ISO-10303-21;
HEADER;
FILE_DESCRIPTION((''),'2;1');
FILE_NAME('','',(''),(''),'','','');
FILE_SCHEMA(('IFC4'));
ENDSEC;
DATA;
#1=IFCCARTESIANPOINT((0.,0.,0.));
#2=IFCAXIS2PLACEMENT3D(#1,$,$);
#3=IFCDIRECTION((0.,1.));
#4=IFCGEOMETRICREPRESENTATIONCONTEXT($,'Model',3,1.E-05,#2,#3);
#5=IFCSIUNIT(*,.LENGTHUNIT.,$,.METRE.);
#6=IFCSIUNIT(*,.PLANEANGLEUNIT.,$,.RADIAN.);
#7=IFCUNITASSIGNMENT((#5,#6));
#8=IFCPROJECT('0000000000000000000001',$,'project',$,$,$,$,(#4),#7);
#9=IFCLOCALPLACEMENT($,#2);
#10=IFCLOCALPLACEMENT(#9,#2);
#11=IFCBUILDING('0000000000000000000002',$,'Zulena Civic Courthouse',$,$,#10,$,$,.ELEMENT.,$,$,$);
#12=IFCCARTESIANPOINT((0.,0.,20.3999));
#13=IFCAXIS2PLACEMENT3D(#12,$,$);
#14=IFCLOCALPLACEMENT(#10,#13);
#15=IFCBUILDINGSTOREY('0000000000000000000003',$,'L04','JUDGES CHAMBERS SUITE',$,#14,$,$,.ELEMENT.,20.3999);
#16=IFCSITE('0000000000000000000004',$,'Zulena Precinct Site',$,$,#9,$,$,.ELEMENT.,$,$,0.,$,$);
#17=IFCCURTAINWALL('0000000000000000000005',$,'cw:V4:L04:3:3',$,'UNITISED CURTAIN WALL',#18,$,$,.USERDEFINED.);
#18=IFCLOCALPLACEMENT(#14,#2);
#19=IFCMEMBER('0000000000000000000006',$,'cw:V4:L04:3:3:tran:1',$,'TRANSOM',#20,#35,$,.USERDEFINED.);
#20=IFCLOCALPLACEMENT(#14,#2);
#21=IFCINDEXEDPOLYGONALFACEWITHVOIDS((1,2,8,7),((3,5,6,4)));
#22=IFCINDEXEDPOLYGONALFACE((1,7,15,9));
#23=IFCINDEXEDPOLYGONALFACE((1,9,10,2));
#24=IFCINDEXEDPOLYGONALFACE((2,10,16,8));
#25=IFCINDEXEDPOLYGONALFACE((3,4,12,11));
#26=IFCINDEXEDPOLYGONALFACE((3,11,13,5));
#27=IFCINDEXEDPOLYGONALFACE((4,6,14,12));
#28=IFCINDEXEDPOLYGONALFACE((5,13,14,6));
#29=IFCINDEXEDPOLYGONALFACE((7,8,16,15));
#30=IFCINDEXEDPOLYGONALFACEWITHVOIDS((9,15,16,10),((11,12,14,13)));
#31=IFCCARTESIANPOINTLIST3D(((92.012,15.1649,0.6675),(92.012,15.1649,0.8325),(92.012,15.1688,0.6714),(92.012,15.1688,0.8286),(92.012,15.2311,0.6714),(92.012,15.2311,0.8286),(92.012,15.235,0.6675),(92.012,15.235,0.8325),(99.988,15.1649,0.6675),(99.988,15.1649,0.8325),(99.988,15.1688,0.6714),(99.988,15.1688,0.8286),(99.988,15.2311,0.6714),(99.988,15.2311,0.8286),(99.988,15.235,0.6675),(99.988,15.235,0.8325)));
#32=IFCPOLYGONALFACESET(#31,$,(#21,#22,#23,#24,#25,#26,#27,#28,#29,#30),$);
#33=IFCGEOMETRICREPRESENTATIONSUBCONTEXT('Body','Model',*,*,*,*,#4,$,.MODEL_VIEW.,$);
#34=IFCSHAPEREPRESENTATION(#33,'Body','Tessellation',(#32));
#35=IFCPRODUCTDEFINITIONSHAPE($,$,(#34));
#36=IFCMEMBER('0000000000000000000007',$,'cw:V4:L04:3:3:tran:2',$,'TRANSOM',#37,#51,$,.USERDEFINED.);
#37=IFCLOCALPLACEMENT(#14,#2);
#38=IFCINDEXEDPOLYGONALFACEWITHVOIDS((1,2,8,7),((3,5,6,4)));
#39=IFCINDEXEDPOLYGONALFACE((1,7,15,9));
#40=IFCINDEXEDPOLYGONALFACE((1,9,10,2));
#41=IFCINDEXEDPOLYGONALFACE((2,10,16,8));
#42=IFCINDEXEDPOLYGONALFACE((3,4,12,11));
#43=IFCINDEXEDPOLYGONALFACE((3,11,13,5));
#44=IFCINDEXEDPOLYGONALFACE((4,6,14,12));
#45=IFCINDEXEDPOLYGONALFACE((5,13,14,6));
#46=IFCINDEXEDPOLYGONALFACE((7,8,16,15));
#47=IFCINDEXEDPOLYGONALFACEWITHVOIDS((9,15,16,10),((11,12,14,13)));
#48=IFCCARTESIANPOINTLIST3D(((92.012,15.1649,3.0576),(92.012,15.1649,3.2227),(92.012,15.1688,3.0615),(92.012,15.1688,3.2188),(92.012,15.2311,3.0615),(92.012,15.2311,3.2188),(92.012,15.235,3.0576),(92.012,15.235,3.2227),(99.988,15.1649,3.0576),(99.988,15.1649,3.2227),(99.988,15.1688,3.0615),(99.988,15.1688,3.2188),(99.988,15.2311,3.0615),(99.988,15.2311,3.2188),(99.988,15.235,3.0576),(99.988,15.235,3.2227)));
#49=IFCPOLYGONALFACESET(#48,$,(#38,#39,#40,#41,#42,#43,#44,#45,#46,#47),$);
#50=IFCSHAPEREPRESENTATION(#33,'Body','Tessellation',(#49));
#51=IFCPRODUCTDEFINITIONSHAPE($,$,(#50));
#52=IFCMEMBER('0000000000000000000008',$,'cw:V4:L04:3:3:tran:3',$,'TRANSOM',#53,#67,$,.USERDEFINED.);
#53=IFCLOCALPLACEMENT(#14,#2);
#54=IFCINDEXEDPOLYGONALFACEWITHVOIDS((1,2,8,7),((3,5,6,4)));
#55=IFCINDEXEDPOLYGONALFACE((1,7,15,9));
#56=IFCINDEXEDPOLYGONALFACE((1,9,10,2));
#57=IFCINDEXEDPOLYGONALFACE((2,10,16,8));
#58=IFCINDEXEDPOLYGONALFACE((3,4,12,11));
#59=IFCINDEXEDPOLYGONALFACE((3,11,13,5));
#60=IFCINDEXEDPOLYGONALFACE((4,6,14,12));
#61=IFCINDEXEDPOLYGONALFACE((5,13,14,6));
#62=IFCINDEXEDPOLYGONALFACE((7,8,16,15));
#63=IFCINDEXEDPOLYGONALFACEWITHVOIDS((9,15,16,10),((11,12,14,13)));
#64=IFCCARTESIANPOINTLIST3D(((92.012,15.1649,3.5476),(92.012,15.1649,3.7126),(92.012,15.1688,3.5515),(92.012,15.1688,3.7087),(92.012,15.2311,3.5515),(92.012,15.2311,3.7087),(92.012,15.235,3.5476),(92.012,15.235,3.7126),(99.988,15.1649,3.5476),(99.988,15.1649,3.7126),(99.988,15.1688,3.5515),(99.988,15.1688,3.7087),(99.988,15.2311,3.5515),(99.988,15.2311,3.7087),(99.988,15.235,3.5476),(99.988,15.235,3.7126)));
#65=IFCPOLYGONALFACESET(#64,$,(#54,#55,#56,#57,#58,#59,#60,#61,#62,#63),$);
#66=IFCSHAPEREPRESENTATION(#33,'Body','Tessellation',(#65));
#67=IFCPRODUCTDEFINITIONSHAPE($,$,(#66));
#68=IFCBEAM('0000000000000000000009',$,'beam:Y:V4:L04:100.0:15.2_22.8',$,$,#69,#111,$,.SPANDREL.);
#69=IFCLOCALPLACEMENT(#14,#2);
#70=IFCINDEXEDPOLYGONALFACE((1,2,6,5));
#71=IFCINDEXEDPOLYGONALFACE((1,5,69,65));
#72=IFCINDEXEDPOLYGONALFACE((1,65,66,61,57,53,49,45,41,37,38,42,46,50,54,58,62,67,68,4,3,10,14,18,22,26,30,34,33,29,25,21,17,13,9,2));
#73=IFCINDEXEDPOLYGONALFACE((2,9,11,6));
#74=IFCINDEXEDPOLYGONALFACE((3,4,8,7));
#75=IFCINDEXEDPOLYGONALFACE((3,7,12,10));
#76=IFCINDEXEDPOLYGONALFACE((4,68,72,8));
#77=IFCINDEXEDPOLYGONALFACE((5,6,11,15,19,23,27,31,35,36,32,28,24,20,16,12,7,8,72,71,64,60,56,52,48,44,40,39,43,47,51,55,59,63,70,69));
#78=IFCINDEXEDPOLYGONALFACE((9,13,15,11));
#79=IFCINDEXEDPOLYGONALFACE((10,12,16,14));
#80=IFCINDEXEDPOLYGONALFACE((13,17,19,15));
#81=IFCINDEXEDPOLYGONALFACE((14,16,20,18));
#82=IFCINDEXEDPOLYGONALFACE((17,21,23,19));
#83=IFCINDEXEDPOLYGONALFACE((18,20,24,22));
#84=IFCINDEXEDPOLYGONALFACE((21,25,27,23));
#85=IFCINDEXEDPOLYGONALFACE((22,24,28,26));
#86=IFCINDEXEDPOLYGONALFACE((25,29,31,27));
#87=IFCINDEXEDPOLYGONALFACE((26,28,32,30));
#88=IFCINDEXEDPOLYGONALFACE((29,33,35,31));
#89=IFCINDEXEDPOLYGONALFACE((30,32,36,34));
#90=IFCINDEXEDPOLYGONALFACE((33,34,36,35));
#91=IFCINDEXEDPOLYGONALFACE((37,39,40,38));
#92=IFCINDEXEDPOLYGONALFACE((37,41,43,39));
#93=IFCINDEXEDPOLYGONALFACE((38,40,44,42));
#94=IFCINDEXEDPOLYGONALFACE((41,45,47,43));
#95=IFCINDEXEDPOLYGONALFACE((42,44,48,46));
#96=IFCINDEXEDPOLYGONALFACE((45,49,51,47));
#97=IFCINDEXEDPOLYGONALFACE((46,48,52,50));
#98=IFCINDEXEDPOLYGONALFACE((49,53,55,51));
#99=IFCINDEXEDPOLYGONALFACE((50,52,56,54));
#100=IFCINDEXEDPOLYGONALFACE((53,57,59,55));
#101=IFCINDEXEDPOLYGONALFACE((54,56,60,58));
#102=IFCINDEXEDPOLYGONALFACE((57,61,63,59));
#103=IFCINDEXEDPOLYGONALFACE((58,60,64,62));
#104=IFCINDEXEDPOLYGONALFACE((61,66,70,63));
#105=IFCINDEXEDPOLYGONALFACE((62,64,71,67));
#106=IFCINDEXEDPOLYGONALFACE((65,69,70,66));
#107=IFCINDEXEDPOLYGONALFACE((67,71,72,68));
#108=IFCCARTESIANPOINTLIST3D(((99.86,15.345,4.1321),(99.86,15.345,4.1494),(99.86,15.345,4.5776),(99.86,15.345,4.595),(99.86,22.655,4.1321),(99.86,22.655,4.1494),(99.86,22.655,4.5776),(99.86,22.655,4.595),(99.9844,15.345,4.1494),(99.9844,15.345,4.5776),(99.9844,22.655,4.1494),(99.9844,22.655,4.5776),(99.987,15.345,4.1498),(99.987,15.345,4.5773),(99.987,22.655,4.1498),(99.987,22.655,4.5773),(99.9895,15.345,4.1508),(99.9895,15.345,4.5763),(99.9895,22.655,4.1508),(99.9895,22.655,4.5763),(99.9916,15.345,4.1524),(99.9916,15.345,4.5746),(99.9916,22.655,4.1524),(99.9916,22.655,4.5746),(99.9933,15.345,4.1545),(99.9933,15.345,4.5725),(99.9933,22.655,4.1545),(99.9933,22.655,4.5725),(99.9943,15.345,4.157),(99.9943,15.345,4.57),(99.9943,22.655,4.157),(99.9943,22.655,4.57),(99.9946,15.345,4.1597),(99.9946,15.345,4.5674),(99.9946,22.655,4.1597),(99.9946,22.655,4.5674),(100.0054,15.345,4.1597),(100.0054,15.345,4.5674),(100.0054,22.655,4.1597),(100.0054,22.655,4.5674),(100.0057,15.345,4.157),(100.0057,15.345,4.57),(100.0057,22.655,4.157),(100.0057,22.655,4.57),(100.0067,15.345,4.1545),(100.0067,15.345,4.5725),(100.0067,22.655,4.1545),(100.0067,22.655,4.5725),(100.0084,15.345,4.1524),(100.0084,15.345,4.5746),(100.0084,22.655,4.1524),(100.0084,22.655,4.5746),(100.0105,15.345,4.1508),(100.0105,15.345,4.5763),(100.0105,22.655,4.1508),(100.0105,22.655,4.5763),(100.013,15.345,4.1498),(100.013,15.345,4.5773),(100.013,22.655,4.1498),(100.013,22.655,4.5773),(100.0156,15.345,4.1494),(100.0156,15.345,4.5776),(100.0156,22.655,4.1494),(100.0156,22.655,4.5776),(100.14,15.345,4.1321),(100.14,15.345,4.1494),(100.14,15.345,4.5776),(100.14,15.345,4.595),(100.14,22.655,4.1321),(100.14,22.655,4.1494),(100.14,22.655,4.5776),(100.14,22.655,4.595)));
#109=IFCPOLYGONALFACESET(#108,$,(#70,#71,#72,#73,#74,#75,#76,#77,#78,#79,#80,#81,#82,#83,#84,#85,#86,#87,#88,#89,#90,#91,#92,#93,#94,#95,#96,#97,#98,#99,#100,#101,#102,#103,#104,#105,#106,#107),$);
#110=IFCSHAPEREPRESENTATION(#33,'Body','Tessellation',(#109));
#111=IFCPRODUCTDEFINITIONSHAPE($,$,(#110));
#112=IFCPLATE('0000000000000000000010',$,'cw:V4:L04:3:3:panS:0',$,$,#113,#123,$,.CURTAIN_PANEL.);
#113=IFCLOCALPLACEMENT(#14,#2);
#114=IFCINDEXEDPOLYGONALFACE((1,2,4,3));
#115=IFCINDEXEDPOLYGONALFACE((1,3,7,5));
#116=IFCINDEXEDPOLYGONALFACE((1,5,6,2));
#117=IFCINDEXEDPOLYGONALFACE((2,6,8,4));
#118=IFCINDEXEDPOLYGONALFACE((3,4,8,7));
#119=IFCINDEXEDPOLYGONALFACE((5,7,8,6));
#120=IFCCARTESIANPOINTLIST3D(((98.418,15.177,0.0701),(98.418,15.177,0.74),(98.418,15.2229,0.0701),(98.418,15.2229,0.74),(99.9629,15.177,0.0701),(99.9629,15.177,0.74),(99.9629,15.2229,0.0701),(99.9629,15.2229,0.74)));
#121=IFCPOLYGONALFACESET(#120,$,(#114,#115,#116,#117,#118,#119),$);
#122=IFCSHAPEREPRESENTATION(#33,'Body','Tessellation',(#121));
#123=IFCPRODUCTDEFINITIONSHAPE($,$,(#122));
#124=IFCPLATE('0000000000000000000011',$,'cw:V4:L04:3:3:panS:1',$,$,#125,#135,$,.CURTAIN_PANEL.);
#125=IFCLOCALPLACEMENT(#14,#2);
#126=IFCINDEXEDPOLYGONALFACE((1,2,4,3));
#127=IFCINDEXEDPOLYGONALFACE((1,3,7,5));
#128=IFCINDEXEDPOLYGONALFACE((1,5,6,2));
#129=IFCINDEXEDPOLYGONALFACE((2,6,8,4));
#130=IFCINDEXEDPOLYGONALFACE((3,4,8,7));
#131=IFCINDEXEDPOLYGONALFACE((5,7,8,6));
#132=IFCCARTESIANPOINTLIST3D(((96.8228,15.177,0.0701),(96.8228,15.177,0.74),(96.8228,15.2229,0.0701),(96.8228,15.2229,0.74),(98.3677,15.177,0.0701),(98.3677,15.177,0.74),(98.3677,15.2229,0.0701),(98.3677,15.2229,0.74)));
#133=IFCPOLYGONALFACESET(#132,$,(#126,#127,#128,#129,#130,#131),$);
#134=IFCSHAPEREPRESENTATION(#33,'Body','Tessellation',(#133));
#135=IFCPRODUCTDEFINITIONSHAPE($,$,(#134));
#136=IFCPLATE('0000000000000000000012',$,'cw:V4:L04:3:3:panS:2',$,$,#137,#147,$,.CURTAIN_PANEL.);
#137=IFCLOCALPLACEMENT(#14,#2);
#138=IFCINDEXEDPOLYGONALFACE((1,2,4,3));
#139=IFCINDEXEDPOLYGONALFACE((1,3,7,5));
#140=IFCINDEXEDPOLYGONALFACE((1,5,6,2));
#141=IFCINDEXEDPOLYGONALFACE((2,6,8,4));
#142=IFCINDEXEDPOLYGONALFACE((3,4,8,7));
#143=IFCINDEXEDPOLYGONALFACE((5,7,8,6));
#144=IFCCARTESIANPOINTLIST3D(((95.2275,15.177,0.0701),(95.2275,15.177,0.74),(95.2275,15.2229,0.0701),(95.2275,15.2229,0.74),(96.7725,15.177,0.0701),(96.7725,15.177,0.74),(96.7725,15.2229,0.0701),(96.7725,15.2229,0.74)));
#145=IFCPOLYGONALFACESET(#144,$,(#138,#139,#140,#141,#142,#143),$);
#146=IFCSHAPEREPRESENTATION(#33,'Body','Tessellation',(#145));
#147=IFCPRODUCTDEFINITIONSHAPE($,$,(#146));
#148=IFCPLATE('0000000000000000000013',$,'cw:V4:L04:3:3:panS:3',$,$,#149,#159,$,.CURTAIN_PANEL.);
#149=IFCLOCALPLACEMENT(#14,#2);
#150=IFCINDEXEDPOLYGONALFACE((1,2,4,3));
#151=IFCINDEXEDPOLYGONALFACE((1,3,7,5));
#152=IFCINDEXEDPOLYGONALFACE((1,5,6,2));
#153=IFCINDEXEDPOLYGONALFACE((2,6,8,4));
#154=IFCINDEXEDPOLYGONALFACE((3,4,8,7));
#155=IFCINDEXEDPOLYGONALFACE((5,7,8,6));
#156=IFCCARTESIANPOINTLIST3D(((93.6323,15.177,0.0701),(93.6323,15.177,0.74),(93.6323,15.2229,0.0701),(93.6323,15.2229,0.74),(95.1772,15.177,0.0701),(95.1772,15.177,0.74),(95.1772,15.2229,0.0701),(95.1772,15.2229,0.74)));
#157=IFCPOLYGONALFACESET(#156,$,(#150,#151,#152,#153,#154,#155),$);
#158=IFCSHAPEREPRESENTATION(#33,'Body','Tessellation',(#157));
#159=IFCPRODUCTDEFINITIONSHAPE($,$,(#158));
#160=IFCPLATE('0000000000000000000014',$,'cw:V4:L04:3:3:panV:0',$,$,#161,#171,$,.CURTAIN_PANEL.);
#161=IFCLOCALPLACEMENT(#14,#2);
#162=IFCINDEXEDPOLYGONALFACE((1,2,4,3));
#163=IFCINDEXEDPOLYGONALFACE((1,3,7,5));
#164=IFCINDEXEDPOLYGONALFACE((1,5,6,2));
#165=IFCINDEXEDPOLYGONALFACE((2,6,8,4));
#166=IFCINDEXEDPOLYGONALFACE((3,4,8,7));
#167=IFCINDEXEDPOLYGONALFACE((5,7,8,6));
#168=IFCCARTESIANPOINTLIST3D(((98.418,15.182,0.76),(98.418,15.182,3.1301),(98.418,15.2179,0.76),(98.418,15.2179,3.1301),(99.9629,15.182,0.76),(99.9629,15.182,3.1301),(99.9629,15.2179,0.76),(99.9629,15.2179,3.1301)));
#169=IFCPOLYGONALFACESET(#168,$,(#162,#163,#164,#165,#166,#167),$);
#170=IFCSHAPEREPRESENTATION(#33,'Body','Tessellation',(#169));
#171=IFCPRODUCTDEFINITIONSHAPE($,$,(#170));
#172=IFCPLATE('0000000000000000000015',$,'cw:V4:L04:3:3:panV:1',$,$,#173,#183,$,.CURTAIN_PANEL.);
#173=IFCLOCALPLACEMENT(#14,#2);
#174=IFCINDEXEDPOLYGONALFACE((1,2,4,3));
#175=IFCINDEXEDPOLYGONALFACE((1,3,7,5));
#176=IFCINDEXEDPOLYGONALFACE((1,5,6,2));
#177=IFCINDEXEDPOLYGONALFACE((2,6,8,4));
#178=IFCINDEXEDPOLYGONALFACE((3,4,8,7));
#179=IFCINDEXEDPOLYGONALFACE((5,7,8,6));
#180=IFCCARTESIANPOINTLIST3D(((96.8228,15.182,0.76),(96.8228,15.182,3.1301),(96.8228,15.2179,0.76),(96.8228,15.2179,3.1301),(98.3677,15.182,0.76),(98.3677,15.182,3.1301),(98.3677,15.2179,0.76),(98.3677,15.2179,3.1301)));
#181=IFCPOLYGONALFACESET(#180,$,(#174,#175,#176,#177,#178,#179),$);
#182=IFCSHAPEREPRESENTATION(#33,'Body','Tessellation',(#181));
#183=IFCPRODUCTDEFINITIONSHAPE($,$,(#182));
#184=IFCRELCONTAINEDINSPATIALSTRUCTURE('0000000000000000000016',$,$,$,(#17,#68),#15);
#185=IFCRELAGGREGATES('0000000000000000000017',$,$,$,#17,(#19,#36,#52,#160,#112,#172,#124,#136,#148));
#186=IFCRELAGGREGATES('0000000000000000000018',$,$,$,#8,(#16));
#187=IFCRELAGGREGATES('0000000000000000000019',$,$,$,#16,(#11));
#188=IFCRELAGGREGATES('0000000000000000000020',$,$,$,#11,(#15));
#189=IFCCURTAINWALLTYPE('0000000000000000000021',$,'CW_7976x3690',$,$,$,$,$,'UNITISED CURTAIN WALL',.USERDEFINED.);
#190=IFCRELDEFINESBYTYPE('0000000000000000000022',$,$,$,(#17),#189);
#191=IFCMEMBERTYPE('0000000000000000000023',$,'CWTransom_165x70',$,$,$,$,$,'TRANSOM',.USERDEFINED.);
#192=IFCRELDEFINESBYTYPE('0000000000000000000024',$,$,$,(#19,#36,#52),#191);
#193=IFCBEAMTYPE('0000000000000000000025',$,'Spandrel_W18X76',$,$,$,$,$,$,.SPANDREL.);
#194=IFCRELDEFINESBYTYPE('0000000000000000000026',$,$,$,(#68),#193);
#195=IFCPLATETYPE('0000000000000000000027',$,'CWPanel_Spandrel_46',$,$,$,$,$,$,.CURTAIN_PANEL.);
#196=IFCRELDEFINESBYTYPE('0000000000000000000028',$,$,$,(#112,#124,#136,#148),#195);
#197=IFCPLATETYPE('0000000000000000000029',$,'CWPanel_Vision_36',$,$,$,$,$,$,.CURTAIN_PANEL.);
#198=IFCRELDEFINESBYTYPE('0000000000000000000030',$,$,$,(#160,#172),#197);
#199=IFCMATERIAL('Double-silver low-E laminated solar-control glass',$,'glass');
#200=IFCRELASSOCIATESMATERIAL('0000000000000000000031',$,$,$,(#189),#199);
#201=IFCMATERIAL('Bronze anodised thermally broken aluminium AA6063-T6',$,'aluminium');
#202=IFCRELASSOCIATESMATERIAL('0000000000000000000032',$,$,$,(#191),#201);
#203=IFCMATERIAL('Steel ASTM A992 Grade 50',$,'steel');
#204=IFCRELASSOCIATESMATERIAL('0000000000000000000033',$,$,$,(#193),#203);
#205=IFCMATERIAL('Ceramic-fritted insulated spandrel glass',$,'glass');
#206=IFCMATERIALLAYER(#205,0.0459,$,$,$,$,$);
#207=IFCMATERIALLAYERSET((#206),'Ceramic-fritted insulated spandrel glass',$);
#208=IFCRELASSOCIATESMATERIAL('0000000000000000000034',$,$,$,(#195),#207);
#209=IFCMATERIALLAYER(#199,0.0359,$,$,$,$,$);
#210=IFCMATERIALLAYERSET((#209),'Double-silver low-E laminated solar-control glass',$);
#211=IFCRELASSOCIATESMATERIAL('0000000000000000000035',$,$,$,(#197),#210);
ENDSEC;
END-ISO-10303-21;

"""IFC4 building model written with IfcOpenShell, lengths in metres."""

from ifc_helpers import new_model, si_unit, direction, frame, origin, origin_2d, place, context, subcontext, project, spatial, rectangle, hollow_rectangle, i_section, extrude, material, layer, layer_set, material_profile, profile_set, type_object, element, aggregate, save


model = new_model("IFC4")

# Units and contexts
model_context = context("Model", 3, precision=1e-05, world=origin(), true_north=direction((0.0, 1.0)))
body_context = subcontext(model_context, "Body", "Model", "MODEL_VIEW")
ifc_project = project(units=[si_unit("LENGTHUNIT", "METRE"), si_unit("PLANEANGLEUNIT", "RADIAN")], contexts=[model_context])

# Site, building, storey
site_placement = place(None, origin())
site = spatial("IfcSite", under=ifc_project, at=site_placement, Name="Zulena Precinct Site", CompositionType="ELEMENT", RefElevation=0.0)
building_placement = place(site_placement, origin())
building = spatial("IfcBuilding", under=site, at=building_placement, Name="Zulena Civic Courthouse", CompositionType="ELEMENT")
storey_placement = place(building_placement, frame((0.0, 0.0, 20.3999)))
storey = spatial("IfcBuildingStorey", under=building, at=storey_placement, Name="L04", Description="JUDGES CHAMBERS SUITE", CompositionType="ELEMENT", Elevation=20.3999)

# Shared definitions
ifc_material_1 = material(Name="Steel ASTM A992 Grade 50", Category="steel")

# Curtain wall, members
ifc_material_2 = material(Name="Double-silver low-E laminated solar-control glass", Category="glass")
curtain_wall_type = type_object("IfcCurtainWallType", Name="CW_7976x3690", ElementType="UNITISED CURTAIN WALL", PredefinedType="USERDEFINED", material=ifc_material_2)
curtain_wall_placement = place(storey_placement, origin())
curtain_wall = element("IfcCurtainWall", 1, at=curtain_wall_placement, inside=storey, type_object=curtain_wall_type, Name="cw:V4:L04:3:3", ObjectType="UNITISED CURTAIN WALL", PredefinedType="USERDEFINED")
ifc_material_3 = material(Name="Bronze anodised thermally broken aluminium AA6063-T6", Category="aluminium")
ifc_material_profile_1 = material_profile(ifc_material_3, hollow_rectangle(XDim=0.0701, YDim=0.165, WallThickness=0.0039, at=origin_2d()), Name="CWT165X70X4")
ifc_profile_set_1 = profile_set([ifc_material_profile_1], Name="Bronze anodised thermally broken aluminium AA6063-T6")
member_type_1 = type_object("IfcMemberType", Name="CWTransom_165x70", ElementType="TRANSOM", PredefinedType="USERDEFINED", material=ifc_profile_set_1)
member_1_placement = place(storey_placement, frame((99.988, 15.2, 0.75), z_axis=(-1.0, 0.0, 0.0), x_axis=(0.0, -1.0, 0.0)))
member_1 = element("IfcMember", 2, at=member_1_placement, type_object=member_type_1, Name="cw:V4:L04:3:3:tran:1", ObjectType="TRANSOM", PredefinedType="USERDEFINED", context=body_context, shape_type="SweptSolid", body=[
    extrude(hollow_rectangle(XDim=0.0701, YDim=0.165, WallThickness=0.0039, at=origin_2d()), origin(), (0.0, 0.0, 1.0), 7.9761),
])
member_2_placement = place(storey_placement, frame((99.988, 15.2, 3.1401), z_axis=(-1.0, 0.0, 0.0), x_axis=(0.0, -1.0, 0.0)))
member_2 = element("IfcMember", 3, at=member_2_placement, type_object=member_type_1, Name="cw:V4:L04:3:3:tran:2", ObjectType="TRANSOM", PredefinedType="USERDEFINED", context=body_context, shape_type="SweptSolid", body=[
    extrude(hollow_rectangle(XDim=0.0701, YDim=0.165, WallThickness=0.0039, at=origin_2d()), origin(), (0.0, 0.0, 1.0), 7.9761),
])
member_3_placement = place(storey_placement, frame((99.988, 15.2, 3.6301), z_axis=(-1.0, 0.0, 0.0), x_axis=(0.0, -1.0, 0.0)))
member_3 = element("IfcMember", 4, at=member_3_placement, type_object=member_type_1, Name="cw:V4:L04:3:3:tran:3", ObjectType="TRANSOM", PredefinedType="USERDEFINED", context=body_context, shape_type="SweptSolid", body=[
    extrude(hollow_rectangle(XDim=0.0701, YDim=0.165, WallThickness=0.0039, at=origin_2d()), origin(), (0.0, 0.0, 1.0), 7.9761),
])

# Beam
ifc_material_profile_2 = material_profile(ifc_material_1, i_section(OverallWidth=0.28, OverallDepth=0.4629, WebThickness=0.0107, FlangeThickness=0.0173, FilletRadius=0.0103, at=origin_2d()), Name="W18X76")
ifc_profile_set_2 = profile_set([ifc_material_profile_2], Name="Steel ASTM A992 Grade 50")
beam_type = type_object("IfcBeamType", Name="Spandrel_W18X76", PredefinedType="SPANDREL", material=ifc_profile_set_2)
beam_placement = place(storey_placement, frame((100.0, 15.345, 4.3635), z_axis=(0.0, 1.0, 0.0), x_axis=(-1.0, 0.0, 0.0)))
element("IfcBeam", 5, at=beam_placement, inside=storey, type_object=beam_type, Name="beam:Y:V4:L04:100.0:15.2_22.8", PredefinedType="SPANDREL", context=body_context, shape_type="SweptSolid", body=[
    extrude(i_section(OverallWidth=0.28, OverallDepth=0.4629, WebThickness=0.0107, FlangeThickness=0.0173, FilletRadius=0.0103, at=origin_2d()), origin(), (0.0, 0.0, 1.0), 7.3101),
])

# Plates
ifc_material_4 = material(Name="Ceramic-fritted insulated spandrel glass", Category="glass")
ifc_layer_1 = layer(ifc_material_4, 0.0459)
ifc_layer_set_1 = layer_set([ifc_layer_1], Name="Ceramic-fritted insulated spandrel glass")
plate_type_1 = type_object("IfcPlateType", Name="CWPanel_Spandrel_46", PredefinedType="CURTAIN_PANEL", material=ifc_layer_set_1)
plate_1_placement = place(storey_placement, frame((99.1904, 15.2, 0.0701), z_axis=(0.0, 0.0, 1.0), x_axis=(-1.0, 0.0, 0.0)))
plate_1 = element("IfcPlate", 6, at=plate_1_placement, type_object=plate_type_1, Name="cw:V4:L04:3:3:panS:0", PredefinedType="CURTAIN_PANEL", context=body_context, shape_type="SweptSolid", body=[
    extrude(rectangle(XDim=1.5449, YDim=0.0459, at=origin_2d()), origin(), (0.0, 0.0, 1.0), 0.6699),
])
plate_2_placement = place(storey_placement, frame((97.5952, 15.2, 0.0701), z_axis=(0.0, 0.0, 1.0), x_axis=(-1.0, 0.0, 0.0)))
plate_2 = element("IfcPlate", 7, at=plate_2_placement, type_object=plate_type_1, Name="cw:V4:L04:3:3:panS:1", PredefinedType="CURTAIN_PANEL", context=body_context, shape_type="SweptSolid", body=[
    extrude(rectangle(XDim=1.5449, YDim=0.0459, at=origin_2d()), origin(), (0.0, 0.0, 1.0), 0.6699),
])
plate_3_placement = place(storey_placement, frame((96.0, 15.2, 0.0701), z_axis=(0.0, 0.0, 1.0), x_axis=(-1.0, 0.0, 0.0)))
plate_3 = element("IfcPlate", 8, at=plate_3_placement, type_object=plate_type_1, Name="cw:V4:L04:3:3:panS:2", PredefinedType="CURTAIN_PANEL", context=body_context, shape_type="SweptSolid", body=[
    extrude(rectangle(XDim=1.5449, YDim=0.0459, at=origin_2d()), origin(), (0.0, 0.0, 1.0), 0.6699),
])
plate_4_placement = place(storey_placement, frame((94.4048, 15.2, 0.0701), z_axis=(0.0, 0.0, 1.0), x_axis=(-1.0, 0.0, 0.0)))
plate_4 = element("IfcPlate", 9, at=plate_4_placement, type_object=plate_type_1, Name="cw:V4:L04:3:3:panS:3", PredefinedType="CURTAIN_PANEL", context=body_context, shape_type="SweptSolid", body=[
    extrude(rectangle(XDim=1.5449, YDim=0.0459, at=origin_2d()), origin(), (0.0, 0.0, 1.0), 0.6699),
])
ifc_layer_2 = layer(ifc_material_2, 0.0359)
ifc_layer_set_2 = layer_set([ifc_layer_2], Name="Double-silver low-E laminated solar-control glass")
plate_type_2 = type_object("IfcPlateType", Name="CWPanel_Vision_36", PredefinedType="CURTAIN_PANEL", material=ifc_layer_set_2)
plate_5_placement = place(storey_placement, frame((99.1904, 15.2, 0.76), z_axis=(0.0, 0.0, 1.0), x_axis=(-1.0, 0.0, 0.0)))
plate_5 = element("IfcPlate", 10, at=plate_5_placement, type_object=plate_type_2, Name="cw:V4:L04:3:3:panV:0", PredefinedType="CURTAIN_PANEL", context=body_context, shape_type="SweptSolid", body=[
    extrude(rectangle(XDim=1.5449, YDim=0.0359, at=origin_2d()), origin(), (0.0, 0.0, 1.0), 2.3701),
])
plate_6_placement = place(storey_placement, frame((97.5952, 15.2, 0.76), z_axis=(0.0, 0.0, 1.0), x_axis=(-1.0, 0.0, 0.0)))
plate_6 = element("IfcPlate", 11, at=plate_6_placement, type_object=plate_type_2, Name="cw:V4:L04:3:3:panV:1", PredefinedType="CURTAIN_PANEL", context=body_context, shape_type="SweptSolid", body=[
    extrude(rectangle(XDim=1.5449, YDim=0.0359, at=origin_2d()), origin(), (0.0, 0.0, 1.0), 2.3701),
])
aggregate(curtain_wall, [member_1, member_2, member_3, plate_5, plate_1, plate_6, plate_2, plate_3, plate_4])

save(model, "model.ifc")
